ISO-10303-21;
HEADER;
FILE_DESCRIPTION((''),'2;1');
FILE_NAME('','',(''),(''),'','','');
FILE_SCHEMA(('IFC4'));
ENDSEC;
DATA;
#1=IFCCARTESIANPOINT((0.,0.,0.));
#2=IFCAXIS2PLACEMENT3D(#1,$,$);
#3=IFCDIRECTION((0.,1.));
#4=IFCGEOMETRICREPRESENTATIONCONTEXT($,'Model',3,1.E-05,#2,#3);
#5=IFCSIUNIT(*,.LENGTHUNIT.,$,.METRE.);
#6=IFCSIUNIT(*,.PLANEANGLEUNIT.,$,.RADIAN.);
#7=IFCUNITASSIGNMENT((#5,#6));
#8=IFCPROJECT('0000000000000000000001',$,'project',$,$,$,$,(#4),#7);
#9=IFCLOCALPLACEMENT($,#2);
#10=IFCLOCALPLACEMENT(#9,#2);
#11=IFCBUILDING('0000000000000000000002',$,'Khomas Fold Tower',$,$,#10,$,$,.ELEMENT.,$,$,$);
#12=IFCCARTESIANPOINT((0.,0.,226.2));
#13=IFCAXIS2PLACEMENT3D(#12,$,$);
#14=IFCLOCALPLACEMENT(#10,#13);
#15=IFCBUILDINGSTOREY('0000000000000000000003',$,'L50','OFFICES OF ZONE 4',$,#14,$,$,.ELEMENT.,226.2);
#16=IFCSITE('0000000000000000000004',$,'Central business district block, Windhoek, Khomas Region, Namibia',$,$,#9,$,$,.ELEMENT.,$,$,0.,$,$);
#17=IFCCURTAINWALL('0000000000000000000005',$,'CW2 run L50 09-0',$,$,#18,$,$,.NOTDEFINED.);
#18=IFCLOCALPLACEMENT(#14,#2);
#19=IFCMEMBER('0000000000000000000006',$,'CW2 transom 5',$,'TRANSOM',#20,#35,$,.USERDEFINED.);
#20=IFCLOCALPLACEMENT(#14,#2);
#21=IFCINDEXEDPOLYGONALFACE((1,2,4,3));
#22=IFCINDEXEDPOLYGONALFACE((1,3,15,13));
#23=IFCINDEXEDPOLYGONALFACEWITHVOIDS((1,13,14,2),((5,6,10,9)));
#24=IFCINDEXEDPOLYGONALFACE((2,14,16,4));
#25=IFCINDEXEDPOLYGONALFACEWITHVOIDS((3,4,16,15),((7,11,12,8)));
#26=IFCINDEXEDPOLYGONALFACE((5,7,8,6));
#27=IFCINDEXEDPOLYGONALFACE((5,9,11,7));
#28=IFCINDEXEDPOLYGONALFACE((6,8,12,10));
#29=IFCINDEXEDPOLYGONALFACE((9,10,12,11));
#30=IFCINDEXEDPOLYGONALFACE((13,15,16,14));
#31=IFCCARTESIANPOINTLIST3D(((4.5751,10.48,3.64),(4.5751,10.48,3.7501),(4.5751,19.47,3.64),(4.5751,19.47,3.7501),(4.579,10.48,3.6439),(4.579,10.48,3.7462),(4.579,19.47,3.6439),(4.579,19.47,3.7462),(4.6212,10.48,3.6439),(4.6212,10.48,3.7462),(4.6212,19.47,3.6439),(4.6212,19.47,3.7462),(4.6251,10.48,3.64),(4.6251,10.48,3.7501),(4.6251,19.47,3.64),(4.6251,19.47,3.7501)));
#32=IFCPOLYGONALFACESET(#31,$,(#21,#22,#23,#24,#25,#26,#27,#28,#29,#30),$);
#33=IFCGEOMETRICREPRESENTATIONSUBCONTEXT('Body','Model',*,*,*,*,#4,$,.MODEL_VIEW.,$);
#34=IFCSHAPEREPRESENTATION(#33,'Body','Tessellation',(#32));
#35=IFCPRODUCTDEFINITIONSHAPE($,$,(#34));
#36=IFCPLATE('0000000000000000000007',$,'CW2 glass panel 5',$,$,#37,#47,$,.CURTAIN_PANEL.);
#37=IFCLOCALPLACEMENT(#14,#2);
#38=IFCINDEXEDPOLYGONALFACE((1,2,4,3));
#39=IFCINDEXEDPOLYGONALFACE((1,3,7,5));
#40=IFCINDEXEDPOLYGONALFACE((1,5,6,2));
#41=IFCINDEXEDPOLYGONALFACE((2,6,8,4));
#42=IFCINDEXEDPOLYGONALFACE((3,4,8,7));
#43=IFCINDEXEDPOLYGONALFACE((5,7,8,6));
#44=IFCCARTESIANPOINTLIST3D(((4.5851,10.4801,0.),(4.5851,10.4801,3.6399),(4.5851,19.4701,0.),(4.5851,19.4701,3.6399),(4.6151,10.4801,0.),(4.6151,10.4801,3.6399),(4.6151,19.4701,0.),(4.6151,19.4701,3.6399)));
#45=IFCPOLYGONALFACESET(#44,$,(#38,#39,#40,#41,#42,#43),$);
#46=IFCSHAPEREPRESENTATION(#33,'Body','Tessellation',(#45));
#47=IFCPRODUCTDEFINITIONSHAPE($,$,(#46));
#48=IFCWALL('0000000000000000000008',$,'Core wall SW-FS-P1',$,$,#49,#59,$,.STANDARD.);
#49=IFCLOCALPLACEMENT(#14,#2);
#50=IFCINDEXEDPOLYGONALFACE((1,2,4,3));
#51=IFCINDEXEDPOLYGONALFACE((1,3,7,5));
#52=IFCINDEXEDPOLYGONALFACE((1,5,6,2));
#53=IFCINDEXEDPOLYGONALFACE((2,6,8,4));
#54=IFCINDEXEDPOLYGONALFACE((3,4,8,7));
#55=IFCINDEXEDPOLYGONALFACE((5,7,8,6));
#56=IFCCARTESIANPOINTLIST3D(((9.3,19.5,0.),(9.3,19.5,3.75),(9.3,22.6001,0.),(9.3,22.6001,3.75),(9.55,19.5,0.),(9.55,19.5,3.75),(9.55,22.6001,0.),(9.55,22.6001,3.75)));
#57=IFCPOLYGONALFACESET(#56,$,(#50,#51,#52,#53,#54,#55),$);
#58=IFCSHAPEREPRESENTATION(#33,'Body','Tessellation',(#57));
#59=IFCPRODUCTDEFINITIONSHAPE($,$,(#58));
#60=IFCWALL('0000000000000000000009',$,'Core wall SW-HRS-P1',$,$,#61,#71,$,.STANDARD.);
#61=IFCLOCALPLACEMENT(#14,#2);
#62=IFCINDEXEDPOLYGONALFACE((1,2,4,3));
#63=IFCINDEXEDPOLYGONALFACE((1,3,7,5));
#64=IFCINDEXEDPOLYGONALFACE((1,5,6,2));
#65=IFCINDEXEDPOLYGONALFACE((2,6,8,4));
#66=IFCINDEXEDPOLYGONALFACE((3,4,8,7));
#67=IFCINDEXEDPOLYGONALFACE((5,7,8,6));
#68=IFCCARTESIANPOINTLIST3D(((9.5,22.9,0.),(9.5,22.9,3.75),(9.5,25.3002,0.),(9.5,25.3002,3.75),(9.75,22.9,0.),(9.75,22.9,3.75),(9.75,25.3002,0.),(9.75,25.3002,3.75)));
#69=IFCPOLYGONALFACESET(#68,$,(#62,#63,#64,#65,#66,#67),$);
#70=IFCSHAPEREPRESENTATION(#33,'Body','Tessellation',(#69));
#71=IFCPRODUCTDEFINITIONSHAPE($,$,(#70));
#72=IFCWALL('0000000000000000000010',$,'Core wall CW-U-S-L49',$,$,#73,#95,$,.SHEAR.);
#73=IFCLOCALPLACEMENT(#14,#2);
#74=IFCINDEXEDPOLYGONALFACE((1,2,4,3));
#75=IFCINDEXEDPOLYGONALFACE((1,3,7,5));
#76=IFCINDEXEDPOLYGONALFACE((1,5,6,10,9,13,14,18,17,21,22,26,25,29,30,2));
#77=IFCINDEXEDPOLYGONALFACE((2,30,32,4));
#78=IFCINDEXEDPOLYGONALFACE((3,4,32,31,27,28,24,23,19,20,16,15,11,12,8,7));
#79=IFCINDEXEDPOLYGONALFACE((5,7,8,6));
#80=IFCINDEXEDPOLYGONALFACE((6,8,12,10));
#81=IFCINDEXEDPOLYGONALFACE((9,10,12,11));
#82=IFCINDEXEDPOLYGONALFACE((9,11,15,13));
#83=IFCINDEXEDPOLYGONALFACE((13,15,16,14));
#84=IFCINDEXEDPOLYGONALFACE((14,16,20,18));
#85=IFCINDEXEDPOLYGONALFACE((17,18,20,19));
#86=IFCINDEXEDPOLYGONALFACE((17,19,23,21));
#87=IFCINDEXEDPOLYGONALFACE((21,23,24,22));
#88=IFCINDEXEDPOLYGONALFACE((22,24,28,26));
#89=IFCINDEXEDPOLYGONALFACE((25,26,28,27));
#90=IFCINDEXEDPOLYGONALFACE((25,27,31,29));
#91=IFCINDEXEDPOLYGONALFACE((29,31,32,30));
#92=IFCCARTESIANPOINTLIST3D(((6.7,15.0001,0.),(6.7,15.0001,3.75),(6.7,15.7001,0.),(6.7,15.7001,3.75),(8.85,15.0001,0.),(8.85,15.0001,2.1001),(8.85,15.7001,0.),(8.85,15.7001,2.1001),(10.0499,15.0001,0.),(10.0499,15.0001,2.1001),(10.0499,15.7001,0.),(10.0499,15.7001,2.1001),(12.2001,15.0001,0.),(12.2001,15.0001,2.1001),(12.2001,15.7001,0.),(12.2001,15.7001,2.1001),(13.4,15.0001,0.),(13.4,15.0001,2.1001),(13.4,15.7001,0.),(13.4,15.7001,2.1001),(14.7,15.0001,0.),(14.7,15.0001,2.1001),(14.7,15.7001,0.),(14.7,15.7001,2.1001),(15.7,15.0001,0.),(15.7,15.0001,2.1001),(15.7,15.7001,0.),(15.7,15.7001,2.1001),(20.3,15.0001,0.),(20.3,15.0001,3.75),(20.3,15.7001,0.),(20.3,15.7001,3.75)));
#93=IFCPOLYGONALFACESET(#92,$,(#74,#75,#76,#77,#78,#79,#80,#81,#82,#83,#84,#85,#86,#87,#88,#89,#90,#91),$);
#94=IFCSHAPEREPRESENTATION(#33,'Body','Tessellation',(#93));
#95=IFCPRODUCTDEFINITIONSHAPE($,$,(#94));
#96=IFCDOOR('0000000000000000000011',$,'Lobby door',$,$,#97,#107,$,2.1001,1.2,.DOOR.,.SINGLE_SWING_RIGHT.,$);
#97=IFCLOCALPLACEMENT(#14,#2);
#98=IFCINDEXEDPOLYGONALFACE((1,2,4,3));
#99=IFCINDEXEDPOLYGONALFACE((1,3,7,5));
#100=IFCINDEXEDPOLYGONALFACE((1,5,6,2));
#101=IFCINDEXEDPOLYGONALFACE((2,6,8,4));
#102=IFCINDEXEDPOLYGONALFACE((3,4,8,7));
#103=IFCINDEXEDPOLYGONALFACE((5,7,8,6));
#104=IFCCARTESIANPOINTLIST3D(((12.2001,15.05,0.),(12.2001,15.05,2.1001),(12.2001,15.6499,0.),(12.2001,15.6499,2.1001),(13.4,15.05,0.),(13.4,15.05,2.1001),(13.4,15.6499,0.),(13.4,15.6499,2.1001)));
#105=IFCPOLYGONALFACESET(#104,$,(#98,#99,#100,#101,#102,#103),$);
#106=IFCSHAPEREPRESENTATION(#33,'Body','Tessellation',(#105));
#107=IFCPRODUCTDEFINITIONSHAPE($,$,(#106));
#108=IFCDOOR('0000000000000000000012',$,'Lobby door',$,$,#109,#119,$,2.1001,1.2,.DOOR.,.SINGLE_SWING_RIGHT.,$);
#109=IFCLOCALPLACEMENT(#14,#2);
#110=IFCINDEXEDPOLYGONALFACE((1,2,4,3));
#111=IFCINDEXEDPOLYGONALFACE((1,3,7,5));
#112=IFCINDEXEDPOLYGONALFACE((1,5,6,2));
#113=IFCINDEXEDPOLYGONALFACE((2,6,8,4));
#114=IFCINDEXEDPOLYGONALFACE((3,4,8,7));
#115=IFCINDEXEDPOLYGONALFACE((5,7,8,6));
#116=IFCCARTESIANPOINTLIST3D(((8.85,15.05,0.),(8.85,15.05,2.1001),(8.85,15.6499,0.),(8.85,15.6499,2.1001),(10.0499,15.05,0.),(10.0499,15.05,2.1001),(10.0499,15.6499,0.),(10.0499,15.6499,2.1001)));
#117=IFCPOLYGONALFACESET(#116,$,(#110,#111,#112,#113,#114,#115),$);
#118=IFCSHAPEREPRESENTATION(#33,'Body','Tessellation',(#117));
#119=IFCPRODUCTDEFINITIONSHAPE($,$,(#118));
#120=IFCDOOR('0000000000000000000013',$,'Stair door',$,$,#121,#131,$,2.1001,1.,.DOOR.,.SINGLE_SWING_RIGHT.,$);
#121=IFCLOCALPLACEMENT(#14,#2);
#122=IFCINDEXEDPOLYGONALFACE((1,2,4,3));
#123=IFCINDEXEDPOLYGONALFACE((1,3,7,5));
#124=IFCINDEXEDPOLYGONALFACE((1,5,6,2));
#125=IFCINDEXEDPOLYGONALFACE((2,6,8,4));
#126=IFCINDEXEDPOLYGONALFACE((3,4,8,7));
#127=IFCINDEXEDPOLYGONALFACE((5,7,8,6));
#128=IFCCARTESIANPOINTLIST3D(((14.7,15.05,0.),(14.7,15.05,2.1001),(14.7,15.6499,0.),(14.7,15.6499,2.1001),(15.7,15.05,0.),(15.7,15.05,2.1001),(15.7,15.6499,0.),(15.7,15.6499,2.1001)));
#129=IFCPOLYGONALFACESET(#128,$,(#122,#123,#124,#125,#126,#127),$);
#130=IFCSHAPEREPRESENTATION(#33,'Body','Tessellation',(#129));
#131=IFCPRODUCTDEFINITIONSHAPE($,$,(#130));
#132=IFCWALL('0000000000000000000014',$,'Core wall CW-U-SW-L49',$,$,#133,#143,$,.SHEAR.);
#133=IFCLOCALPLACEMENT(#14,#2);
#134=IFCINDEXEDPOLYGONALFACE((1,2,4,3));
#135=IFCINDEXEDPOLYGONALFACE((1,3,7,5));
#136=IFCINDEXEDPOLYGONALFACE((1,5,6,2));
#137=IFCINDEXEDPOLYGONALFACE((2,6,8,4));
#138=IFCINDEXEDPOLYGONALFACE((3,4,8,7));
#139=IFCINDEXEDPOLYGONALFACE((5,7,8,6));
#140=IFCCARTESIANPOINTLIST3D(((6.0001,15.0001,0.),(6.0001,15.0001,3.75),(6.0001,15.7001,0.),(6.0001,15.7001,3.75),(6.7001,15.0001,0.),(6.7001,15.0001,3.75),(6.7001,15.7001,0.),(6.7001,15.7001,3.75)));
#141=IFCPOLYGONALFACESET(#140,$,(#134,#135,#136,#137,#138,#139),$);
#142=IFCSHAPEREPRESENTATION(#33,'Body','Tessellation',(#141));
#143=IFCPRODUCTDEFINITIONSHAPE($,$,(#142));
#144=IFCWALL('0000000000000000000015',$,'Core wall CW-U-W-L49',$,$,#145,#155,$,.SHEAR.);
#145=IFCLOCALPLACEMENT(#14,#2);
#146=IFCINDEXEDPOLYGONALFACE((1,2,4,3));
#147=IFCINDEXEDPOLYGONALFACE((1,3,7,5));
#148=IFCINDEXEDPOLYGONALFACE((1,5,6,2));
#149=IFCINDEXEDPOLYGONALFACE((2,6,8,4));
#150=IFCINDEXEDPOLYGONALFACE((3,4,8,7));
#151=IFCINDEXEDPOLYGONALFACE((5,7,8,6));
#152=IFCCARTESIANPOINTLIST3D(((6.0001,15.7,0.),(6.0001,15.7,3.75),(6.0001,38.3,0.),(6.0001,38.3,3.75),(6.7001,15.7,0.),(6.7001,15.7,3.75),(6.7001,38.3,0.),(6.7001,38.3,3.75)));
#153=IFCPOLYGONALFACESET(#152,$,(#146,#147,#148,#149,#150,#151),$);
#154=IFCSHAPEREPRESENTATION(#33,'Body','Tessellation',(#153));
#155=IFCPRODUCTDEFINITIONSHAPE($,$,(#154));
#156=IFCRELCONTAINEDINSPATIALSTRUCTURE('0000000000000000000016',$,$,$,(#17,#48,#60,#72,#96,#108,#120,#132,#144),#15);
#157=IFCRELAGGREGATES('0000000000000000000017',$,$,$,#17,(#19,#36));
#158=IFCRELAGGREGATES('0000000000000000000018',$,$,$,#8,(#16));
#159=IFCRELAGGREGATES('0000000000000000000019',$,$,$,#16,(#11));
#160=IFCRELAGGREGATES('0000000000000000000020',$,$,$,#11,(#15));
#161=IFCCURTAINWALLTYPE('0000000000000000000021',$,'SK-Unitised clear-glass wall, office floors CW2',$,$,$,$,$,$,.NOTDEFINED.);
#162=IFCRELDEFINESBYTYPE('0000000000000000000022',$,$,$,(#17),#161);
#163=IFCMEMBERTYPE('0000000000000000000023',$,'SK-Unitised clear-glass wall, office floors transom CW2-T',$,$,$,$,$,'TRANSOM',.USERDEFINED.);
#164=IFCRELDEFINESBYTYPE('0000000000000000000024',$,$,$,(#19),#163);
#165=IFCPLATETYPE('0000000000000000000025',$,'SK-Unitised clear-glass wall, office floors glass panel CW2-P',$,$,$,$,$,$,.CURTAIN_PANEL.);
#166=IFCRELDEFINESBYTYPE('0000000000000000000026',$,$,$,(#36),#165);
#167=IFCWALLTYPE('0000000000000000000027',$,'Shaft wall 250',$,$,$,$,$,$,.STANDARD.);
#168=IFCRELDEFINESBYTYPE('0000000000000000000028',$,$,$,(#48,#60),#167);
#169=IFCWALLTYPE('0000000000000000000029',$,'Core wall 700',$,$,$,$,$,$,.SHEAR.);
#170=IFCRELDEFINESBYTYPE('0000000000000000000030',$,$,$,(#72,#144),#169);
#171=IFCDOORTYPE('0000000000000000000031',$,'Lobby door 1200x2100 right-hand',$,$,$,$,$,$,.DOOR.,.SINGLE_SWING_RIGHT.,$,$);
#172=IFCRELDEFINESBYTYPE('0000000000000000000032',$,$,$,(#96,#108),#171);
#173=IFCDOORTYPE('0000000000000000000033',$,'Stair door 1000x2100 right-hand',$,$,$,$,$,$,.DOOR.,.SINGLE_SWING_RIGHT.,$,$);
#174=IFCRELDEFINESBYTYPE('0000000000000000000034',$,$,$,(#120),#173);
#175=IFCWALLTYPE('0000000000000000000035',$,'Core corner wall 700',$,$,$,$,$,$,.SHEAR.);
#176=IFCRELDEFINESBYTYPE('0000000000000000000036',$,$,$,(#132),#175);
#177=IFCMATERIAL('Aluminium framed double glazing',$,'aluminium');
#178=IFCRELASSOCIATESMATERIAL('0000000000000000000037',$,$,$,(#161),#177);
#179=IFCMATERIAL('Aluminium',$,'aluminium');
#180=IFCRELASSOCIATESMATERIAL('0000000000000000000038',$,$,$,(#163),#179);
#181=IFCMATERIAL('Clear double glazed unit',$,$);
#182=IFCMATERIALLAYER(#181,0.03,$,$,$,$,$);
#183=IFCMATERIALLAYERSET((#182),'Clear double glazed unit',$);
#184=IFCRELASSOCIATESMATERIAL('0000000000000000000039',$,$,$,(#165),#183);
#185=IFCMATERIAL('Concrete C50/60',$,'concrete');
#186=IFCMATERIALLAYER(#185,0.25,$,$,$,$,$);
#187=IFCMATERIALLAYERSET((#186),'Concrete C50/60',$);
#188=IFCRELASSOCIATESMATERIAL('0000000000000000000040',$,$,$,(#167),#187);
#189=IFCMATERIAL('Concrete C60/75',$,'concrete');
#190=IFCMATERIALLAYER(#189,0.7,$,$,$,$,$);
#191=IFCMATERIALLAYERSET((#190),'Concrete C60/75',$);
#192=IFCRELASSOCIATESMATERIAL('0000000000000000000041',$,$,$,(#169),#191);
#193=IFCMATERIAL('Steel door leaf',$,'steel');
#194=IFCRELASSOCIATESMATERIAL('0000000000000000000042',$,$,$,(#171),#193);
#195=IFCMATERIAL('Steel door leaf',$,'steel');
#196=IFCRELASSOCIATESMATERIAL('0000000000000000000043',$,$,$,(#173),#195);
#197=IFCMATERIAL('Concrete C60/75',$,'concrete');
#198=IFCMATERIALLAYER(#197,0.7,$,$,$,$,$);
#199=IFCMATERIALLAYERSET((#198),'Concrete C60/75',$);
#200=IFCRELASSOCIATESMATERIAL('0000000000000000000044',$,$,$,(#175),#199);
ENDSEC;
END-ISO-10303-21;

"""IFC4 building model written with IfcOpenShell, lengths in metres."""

from ifc_helpers import new_model, si_unit, direction, frame, frame_2d, origin, origin_2d, place, context, subcontext, project, spatial, rectangle, hollow_rectangle, extrude, source, transform, mapped, material, layer, layer_set, material_profile, profile_set, type_object, element, fill, aggregate, save


model = new_model("IFC4")

# Units and contexts
model_context = context("Model", 3, precision=1e-05, world=origin(), true_north=direction((0.0, 1.0)))
body_context = subcontext(model_context, "Body", "Model", "MODEL_VIEW")
ifc_project = project(units=[si_unit("LENGTHUNIT", "METRE"), si_unit("PLANEANGLEUNIT", "RADIAN")], contexts=[model_context])

# Site, building, storey
site_placement = place(None, origin())
site = spatial("IfcSite", under=ifc_project, at=site_placement, Name="Central business district block, Windhoek, Khomas Region, Namibia", CompositionType="ELEMENT", RefElevation=0.0)
building_placement = place(site_placement, origin())
building = spatial("IfcBuilding", under=site, at=building_placement, Name="Khomas Fold Tower", CompositionType="ELEMENT")
storey_placement = place(building_placement, frame((0.0, 0.0, 226.2)))
storey = spatial("IfcBuildingStorey", under=building, at=storey_placement, Name="L50", Description="OFFICES OF ZONE 4", CompositionType="ELEMENT", Elevation=226.2)

# Curtain wall, member, plate
ifc_material_1 = material(Name="Aluminium framed double glazing", Category="aluminium")
curtain_wall_type = type_object("IfcCurtainWallType", Name="SK-Unitised clear-glass wall, office floors CW2", PredefinedType="NOTDEFINED", material=ifc_material_1)
curtain_wall_placement = place(storey_placement, origin())
curtain_wall = element("IfcCurtainWall", 1, at=curtain_wall_placement, inside=storey, type_object=curtain_wall_type, Name="CW2 run L50 09-0", PredefinedType="NOTDEFINED")
ifc_material_2 = material(Name="Aluminium", Category="aluminium")
ifc_material_profile_1 = material_profile(ifc_material_2, hollow_rectangle(XDim=0.05, YDim=0.1101, WallThickness=0.0039, at=origin_2d()), Name="SK-Unitised clear-glass wall, office floors transom CW2-T")
ifc_profile_set_1 = profile_set([ifc_material_profile_1], Name="Aluminium")
member_type_1 = type_object("IfcMemberType", Name="SK-Unitised clear-glass wall, office floors transom CW2-T", ElementType="TRANSOM", PredefinedType="USERDEFINED", material=ifc_profile_set_1)
shared_shape_1 = source(origin(), body_context, "Body", "SweptSolid", [
    extrude(hollow_rectangle(XDim=0.05, YDim=0.1101, WallThickness=0.0039, at=origin_2d()), origin(), (0.0, 0.0, 1.0), 8.99),
])
member_1_placement = place(storey_placement, frame((4.6001, 19.47, 3.6951), z_axis=(0.0, -1.0, 0.0), x_axis=(1.0, 0.0, 0.0)))
member_1 = element("IfcMember", 2, at=member_1_placement, type_object=member_type_1, Name="CW2 transom 5", ObjectType="TRANSOM", PredefinedType="USERDEFINED", context=body_context, shape_type="MappedRepresentation", body=[
    mapped(shared_shape_1, transform((0.0, 0.0, 0.0))),
])
ifc_material_3 = material(Name="Clear double glazed unit")
ifc_layer_1 = layer(ifc_material_3, 0.03)
ifc_layer_set_1 = layer_set([ifc_layer_1], Name="Clear double glazed unit")
plate_type = type_object("IfcPlateType", Name="SK-Unitised clear-glass wall, office floors glass panel CW2-P", PredefinedType="CURTAIN_PANEL", material=ifc_layer_set_1)
shared_shape_2 = source(origin(), body_context, "Body", "SweptSolid", [
    extrude(rectangle(XDim=8.99, YDim=0.03, at=origin_2d()), origin(), (0.0, 0.0, 1.0), 3.6399),
])
plate_placement = place(storey_placement, frame((4.6001, 14.9751, 0.0), z_axis=(0.0, 0.0, 1.0), x_axis=(0.0, -1.0, 0.0)))
plate = element("IfcPlate", 3, at=plate_placement, type_object=plate_type, Name="CW2 glass panel 5", PredefinedType="CURTAIN_PANEL", context=body_context, shape_type="MappedRepresentation", body=[
    mapped(shared_shape_2, transform((0.0, 0.0, 0.0))),
])
aggregate(curtain_wall, [member_1, plate])

# Walls
ifc_material_4 = material(Name="Concrete C50/60", Category="concrete")
ifc_layer_2 = layer(ifc_material_4, 0.25)
ifc_layer_set_2 = layer_set([ifc_layer_2], Name="Concrete C50/60")
wall_type_1 = type_object("IfcWallType", Name="Shaft wall 250", PredefinedType="STANDARD", material=ifc_layer_set_2)
shared_shape_3 = source(origin(), body_context, "Body", "SweptSolid", [
    extrude(rectangle(XDim=3.1001, YDim=0.25, at=frame_2d((1.55, 0.0))), origin(), (0.0, 0.0, 1.0), 3.75),
])
wall_1_placement = place(storey_placement, frame((9.425, 19.5, 0.0), z_axis=(0.0, 0.0, 1.0), x_axis=(0.0, 1.0, 0.0)))
element("IfcWall", 4, at=wall_1_placement, inside=storey, type_object=wall_type_1, Name="Core wall SW-FS-P1", PredefinedType="STANDARD", context=body_context, shape_type="MappedRepresentation", body=[
    mapped(shared_shape_3, transform((0.0, 0.0, 0.0))),
])
shared_shape_4 = source(origin(), body_context, "Body", "SweptSolid", [
    extrude(rectangle(XDim=2.4001, YDim=0.25, at=frame_2d((1.2002, 0.0))), origin(), (0.0, 0.0, 1.0), 3.75),
])
wall_2_placement = place(storey_placement, frame((9.625, 22.8999, 0.0), z_axis=(0.0, 0.0, 1.0), x_axis=(0.0, 1.0, 0.0)))
element("IfcWall", 5, at=wall_2_placement, inside=storey, type_object=wall_type_1, Name="Core wall SW-HRS-P1", PredefinedType="STANDARD", context=body_context, shape_type="MappedRepresentation", body=[
    mapped(shared_shape_4, transform((0.0, 0.0, 0.0))),
])

# Wall, openings, doors
ifc_material_5 = material(Name="Concrete C60/75", Category="concrete")
ifc_layer_3 = layer(ifc_material_5, 0.7)
ifc_layer_set_3 = layer_set([ifc_layer_3], Name="Concrete C60/75")
wall_type_2 = type_object("IfcWallType", Name="Core wall 700", PredefinedType="SHEAR", material=ifc_layer_set_3)
shared_shape_5 = source(origin(), body_context, "Body", "SweptSolid", [
    extrude(rectangle(XDim=13.6001, YDim=0.7, at=frame_2d((6.8, 0.0))), origin(), (0.0, 0.0, 1.0), 3.75),
])
wall_3_placement = place(storey_placement, frame((6.7, 15.3501, 0.0), z_axis=(0.0, 0.0, 1.0), x_axis=(1.0, 0.0, 0.0)))
wall_3 = element("IfcWall", 6, at=wall_3_placement, inside=storey, type_object=wall_type_2, Name="Core wall CW-U-S-L49", PredefinedType="SHEAR", context=body_context, shape_type="MappedRepresentation", body=[
    mapped(shared_shape_5, transform((0.0, 0.0, 0.0))),
])
shared_shape_6 = source(origin(), body_context, "Body", "SweptSolid", [
    extrude(rectangle(XDim=1.2, YDim=2.1001, at=frame_2d((0.6001, 1.05))), frame((0.0, 0.3599, 0.0), z_axis=(0.0, -1.0, 0.0), x_axis=(1.0, 0.0, 0.0)), (0.0, 0.0, 1.0), 0.72),
])
opening_1_placement = place(wall_3_placement, frame((5.5, 0.0, 0.0)))
opening_1 = element("IfcOpeningElement", 7, at=opening_1_placement, cuts=wall_3, PredefinedType="OPENING", context=body_context, shape_type="MappedRepresentation", body=[
    mapped(shared_shape_6, transform((0.0, 0.0, 0.0))),
])
opening_2_placement = place(wall_3_placement, frame((2.1499, 0.0, 0.0)))
opening_2 = element("IfcOpeningElement", 8, at=opening_2_placement, cuts=wall_3, PredefinedType="OPENING", context=body_context, shape_type="MappedRepresentation", body=[
    mapped(shared_shape_6, transform((0.0, 0.0, 0.0))),
])
shared_shape_7 = source(origin(), body_context, "Body", "SweptSolid", [
    extrude(rectangle(XDim=1.0, YDim=2.1001, at=frame_2d((0.5, 1.05))), frame((0.0, 0.3599, 0.0), z_axis=(0.0, -1.0, 0.0), x_axis=(1.0, 0.0, 0.0)), (0.0, 0.0, 1.0), 0.72),
])
opening_3_placement = place(wall_3_placement, frame((8.0, 0.0, 0.0)))
opening_3 = element("IfcOpeningElement", 9, at=opening_3_placement, cuts=wall_3, PredefinedType="OPENING", context=body_context, shape_type="MappedRepresentation", body=[
    mapped(shared_shape_7, transform((0.0, 0.0, 0.0))),
])
ifc_material_6 = material(Name="Steel door leaf", Category="steel")
door_type_1 = type_object("IfcDoorType", Name="Lobby door 1200x2100 right-hand", OperationType="SINGLE_SWING_RIGHT", PredefinedType="DOOR", material=ifc_material_6)
shared_shape_8 = source(origin(), body_context, "Body", "SweptSolid", [
    extrude(rectangle(XDim=1.2, YDim=2.1001, at=frame_2d((0.6001, 1.05))), frame((0.0, 0.2998, 0.0), z_axis=(0.0, -1.0, 0.0), x_axis=(1.0, 0.0, 0.0)), (0.0, 0.0, 1.0), 0.5999),
])
door_1_placement = place(opening_1_placement, origin())
door_1 = element("IfcDoor", 10, at=door_1_placement, inside=storey, type_object=door_type_1, Name="Lobby door", OperationType="SINGLE_SWING_RIGHT", OverallHeight=2.1001, OverallWidth=1.2, PredefinedType="DOOR", context=body_context, shape_type="MappedRepresentation", body=[
    mapped(shared_shape_8, transform((0.0, 0.0, 0.0))),
])
fill(opening_1, door_1)
door_2_placement = place(opening_2_placement, origin())
door_2 = element("IfcDoor", 11, at=door_2_placement, inside=storey, type_object=door_type_1, Name="Lobby door", OperationType="SINGLE_SWING_RIGHT", OverallHeight=2.1001, OverallWidth=1.2, PredefinedType="DOOR", context=body_context, shape_type="MappedRepresentation", body=[
    mapped(shared_shape_8, transform((0.0, 0.0, 0.0))),
])
fill(opening_2, door_2)
ifc_material_7 = material(Name="Steel door leaf", Category="steel")
door_type_2 = type_object("IfcDoorType", Name="Stair door 1000x2100 right-hand", OperationType="SINGLE_SWING_RIGHT", PredefinedType="DOOR", material=ifc_material_7)
shared_shape_9 = source(origin(), body_context, "Body", "SweptSolid", [
    extrude(rectangle(XDim=1.0, YDim=2.1001, at=frame_2d((0.5, 1.05))), frame((0.0, 0.2998, 0.0), z_axis=(0.0, -1.0, 0.0), x_axis=(1.0, 0.0, 0.0)), (0.0, 0.0, 1.0), 0.5999),
])
door_3_placement = place(opening_3_placement, origin())
door_3 = element("IfcDoor", 12, at=door_3_placement, inside=storey, type_object=door_type_2, Name="Stair door", OperationType="SINGLE_SWING_RIGHT", OverallHeight=2.1001, OverallWidth=1.0, PredefinedType="DOOR", context=body_context, shape_type="MappedRepresentation", body=[
    mapped(shared_shape_9, transform((0.0, 0.0, 0.0))),
])
fill(opening_3, door_3)

# Walls
ifc_material_8 = material(Name="Concrete C60/75", Category="concrete")
ifc_layer_4 = layer(ifc_material_8, 0.7)
ifc_layer_set_4 = layer_set([ifc_layer_4], Name="Concrete C60/75")
wall_type_3 = type_object("IfcWallType", Name="Core corner wall 700", PredefinedType="SHEAR", material=ifc_layer_set_4)
shared_shape_10 = source(origin(), body_context, "Body", "SweptSolid", [
    extrude(rectangle(XDim=0.7, YDim=0.7, at=frame_2d((0.3501, 0.0))), origin(), (0.0, 0.0, 1.0), 3.75),
])
wall_4_placement = place(storey_placement, frame((6.0, 15.3501, 0.0), z_axis=(0.0, 0.0, 1.0), x_axis=(1.0, 0.0, 0.0)))
element("IfcWall", 13, at=wall_4_placement, inside=storey, type_object=wall_type_3, Name="Core wall CW-U-SW-L49", PredefinedType="SHEAR", context=body_context, shape_type="MappedRepresentation", body=[
    mapped(shared_shape_10, transform((0.0, 0.0, 0.0))),
])
shared_shape_11 = source(origin(), body_context, "Body", "SweptSolid", [
    extrude(rectangle(XDim=22.6001, YDim=0.7, at=frame_2d((11.3, 0.0))), origin(), (0.0, 0.0, 1.0), 3.75),
])
wall_5_placement = place(storey_placement, frame((6.3501, 15.7, 0.0), z_axis=(0.0, 0.0, 1.0), x_axis=(0.0, 1.0, 0.0)))
element("IfcWall", 14, at=wall_5_placement, inside=storey, type_object=wall_type_2, Name="Core wall CW-U-W-L49", PredefinedType="SHEAR", context=body_context, shape_type="MappedRepresentation", body=[
    mapped(shared_shape_11, transform((0.0, 0.0, 0.0))),
])

save(model, "model.ifc")
